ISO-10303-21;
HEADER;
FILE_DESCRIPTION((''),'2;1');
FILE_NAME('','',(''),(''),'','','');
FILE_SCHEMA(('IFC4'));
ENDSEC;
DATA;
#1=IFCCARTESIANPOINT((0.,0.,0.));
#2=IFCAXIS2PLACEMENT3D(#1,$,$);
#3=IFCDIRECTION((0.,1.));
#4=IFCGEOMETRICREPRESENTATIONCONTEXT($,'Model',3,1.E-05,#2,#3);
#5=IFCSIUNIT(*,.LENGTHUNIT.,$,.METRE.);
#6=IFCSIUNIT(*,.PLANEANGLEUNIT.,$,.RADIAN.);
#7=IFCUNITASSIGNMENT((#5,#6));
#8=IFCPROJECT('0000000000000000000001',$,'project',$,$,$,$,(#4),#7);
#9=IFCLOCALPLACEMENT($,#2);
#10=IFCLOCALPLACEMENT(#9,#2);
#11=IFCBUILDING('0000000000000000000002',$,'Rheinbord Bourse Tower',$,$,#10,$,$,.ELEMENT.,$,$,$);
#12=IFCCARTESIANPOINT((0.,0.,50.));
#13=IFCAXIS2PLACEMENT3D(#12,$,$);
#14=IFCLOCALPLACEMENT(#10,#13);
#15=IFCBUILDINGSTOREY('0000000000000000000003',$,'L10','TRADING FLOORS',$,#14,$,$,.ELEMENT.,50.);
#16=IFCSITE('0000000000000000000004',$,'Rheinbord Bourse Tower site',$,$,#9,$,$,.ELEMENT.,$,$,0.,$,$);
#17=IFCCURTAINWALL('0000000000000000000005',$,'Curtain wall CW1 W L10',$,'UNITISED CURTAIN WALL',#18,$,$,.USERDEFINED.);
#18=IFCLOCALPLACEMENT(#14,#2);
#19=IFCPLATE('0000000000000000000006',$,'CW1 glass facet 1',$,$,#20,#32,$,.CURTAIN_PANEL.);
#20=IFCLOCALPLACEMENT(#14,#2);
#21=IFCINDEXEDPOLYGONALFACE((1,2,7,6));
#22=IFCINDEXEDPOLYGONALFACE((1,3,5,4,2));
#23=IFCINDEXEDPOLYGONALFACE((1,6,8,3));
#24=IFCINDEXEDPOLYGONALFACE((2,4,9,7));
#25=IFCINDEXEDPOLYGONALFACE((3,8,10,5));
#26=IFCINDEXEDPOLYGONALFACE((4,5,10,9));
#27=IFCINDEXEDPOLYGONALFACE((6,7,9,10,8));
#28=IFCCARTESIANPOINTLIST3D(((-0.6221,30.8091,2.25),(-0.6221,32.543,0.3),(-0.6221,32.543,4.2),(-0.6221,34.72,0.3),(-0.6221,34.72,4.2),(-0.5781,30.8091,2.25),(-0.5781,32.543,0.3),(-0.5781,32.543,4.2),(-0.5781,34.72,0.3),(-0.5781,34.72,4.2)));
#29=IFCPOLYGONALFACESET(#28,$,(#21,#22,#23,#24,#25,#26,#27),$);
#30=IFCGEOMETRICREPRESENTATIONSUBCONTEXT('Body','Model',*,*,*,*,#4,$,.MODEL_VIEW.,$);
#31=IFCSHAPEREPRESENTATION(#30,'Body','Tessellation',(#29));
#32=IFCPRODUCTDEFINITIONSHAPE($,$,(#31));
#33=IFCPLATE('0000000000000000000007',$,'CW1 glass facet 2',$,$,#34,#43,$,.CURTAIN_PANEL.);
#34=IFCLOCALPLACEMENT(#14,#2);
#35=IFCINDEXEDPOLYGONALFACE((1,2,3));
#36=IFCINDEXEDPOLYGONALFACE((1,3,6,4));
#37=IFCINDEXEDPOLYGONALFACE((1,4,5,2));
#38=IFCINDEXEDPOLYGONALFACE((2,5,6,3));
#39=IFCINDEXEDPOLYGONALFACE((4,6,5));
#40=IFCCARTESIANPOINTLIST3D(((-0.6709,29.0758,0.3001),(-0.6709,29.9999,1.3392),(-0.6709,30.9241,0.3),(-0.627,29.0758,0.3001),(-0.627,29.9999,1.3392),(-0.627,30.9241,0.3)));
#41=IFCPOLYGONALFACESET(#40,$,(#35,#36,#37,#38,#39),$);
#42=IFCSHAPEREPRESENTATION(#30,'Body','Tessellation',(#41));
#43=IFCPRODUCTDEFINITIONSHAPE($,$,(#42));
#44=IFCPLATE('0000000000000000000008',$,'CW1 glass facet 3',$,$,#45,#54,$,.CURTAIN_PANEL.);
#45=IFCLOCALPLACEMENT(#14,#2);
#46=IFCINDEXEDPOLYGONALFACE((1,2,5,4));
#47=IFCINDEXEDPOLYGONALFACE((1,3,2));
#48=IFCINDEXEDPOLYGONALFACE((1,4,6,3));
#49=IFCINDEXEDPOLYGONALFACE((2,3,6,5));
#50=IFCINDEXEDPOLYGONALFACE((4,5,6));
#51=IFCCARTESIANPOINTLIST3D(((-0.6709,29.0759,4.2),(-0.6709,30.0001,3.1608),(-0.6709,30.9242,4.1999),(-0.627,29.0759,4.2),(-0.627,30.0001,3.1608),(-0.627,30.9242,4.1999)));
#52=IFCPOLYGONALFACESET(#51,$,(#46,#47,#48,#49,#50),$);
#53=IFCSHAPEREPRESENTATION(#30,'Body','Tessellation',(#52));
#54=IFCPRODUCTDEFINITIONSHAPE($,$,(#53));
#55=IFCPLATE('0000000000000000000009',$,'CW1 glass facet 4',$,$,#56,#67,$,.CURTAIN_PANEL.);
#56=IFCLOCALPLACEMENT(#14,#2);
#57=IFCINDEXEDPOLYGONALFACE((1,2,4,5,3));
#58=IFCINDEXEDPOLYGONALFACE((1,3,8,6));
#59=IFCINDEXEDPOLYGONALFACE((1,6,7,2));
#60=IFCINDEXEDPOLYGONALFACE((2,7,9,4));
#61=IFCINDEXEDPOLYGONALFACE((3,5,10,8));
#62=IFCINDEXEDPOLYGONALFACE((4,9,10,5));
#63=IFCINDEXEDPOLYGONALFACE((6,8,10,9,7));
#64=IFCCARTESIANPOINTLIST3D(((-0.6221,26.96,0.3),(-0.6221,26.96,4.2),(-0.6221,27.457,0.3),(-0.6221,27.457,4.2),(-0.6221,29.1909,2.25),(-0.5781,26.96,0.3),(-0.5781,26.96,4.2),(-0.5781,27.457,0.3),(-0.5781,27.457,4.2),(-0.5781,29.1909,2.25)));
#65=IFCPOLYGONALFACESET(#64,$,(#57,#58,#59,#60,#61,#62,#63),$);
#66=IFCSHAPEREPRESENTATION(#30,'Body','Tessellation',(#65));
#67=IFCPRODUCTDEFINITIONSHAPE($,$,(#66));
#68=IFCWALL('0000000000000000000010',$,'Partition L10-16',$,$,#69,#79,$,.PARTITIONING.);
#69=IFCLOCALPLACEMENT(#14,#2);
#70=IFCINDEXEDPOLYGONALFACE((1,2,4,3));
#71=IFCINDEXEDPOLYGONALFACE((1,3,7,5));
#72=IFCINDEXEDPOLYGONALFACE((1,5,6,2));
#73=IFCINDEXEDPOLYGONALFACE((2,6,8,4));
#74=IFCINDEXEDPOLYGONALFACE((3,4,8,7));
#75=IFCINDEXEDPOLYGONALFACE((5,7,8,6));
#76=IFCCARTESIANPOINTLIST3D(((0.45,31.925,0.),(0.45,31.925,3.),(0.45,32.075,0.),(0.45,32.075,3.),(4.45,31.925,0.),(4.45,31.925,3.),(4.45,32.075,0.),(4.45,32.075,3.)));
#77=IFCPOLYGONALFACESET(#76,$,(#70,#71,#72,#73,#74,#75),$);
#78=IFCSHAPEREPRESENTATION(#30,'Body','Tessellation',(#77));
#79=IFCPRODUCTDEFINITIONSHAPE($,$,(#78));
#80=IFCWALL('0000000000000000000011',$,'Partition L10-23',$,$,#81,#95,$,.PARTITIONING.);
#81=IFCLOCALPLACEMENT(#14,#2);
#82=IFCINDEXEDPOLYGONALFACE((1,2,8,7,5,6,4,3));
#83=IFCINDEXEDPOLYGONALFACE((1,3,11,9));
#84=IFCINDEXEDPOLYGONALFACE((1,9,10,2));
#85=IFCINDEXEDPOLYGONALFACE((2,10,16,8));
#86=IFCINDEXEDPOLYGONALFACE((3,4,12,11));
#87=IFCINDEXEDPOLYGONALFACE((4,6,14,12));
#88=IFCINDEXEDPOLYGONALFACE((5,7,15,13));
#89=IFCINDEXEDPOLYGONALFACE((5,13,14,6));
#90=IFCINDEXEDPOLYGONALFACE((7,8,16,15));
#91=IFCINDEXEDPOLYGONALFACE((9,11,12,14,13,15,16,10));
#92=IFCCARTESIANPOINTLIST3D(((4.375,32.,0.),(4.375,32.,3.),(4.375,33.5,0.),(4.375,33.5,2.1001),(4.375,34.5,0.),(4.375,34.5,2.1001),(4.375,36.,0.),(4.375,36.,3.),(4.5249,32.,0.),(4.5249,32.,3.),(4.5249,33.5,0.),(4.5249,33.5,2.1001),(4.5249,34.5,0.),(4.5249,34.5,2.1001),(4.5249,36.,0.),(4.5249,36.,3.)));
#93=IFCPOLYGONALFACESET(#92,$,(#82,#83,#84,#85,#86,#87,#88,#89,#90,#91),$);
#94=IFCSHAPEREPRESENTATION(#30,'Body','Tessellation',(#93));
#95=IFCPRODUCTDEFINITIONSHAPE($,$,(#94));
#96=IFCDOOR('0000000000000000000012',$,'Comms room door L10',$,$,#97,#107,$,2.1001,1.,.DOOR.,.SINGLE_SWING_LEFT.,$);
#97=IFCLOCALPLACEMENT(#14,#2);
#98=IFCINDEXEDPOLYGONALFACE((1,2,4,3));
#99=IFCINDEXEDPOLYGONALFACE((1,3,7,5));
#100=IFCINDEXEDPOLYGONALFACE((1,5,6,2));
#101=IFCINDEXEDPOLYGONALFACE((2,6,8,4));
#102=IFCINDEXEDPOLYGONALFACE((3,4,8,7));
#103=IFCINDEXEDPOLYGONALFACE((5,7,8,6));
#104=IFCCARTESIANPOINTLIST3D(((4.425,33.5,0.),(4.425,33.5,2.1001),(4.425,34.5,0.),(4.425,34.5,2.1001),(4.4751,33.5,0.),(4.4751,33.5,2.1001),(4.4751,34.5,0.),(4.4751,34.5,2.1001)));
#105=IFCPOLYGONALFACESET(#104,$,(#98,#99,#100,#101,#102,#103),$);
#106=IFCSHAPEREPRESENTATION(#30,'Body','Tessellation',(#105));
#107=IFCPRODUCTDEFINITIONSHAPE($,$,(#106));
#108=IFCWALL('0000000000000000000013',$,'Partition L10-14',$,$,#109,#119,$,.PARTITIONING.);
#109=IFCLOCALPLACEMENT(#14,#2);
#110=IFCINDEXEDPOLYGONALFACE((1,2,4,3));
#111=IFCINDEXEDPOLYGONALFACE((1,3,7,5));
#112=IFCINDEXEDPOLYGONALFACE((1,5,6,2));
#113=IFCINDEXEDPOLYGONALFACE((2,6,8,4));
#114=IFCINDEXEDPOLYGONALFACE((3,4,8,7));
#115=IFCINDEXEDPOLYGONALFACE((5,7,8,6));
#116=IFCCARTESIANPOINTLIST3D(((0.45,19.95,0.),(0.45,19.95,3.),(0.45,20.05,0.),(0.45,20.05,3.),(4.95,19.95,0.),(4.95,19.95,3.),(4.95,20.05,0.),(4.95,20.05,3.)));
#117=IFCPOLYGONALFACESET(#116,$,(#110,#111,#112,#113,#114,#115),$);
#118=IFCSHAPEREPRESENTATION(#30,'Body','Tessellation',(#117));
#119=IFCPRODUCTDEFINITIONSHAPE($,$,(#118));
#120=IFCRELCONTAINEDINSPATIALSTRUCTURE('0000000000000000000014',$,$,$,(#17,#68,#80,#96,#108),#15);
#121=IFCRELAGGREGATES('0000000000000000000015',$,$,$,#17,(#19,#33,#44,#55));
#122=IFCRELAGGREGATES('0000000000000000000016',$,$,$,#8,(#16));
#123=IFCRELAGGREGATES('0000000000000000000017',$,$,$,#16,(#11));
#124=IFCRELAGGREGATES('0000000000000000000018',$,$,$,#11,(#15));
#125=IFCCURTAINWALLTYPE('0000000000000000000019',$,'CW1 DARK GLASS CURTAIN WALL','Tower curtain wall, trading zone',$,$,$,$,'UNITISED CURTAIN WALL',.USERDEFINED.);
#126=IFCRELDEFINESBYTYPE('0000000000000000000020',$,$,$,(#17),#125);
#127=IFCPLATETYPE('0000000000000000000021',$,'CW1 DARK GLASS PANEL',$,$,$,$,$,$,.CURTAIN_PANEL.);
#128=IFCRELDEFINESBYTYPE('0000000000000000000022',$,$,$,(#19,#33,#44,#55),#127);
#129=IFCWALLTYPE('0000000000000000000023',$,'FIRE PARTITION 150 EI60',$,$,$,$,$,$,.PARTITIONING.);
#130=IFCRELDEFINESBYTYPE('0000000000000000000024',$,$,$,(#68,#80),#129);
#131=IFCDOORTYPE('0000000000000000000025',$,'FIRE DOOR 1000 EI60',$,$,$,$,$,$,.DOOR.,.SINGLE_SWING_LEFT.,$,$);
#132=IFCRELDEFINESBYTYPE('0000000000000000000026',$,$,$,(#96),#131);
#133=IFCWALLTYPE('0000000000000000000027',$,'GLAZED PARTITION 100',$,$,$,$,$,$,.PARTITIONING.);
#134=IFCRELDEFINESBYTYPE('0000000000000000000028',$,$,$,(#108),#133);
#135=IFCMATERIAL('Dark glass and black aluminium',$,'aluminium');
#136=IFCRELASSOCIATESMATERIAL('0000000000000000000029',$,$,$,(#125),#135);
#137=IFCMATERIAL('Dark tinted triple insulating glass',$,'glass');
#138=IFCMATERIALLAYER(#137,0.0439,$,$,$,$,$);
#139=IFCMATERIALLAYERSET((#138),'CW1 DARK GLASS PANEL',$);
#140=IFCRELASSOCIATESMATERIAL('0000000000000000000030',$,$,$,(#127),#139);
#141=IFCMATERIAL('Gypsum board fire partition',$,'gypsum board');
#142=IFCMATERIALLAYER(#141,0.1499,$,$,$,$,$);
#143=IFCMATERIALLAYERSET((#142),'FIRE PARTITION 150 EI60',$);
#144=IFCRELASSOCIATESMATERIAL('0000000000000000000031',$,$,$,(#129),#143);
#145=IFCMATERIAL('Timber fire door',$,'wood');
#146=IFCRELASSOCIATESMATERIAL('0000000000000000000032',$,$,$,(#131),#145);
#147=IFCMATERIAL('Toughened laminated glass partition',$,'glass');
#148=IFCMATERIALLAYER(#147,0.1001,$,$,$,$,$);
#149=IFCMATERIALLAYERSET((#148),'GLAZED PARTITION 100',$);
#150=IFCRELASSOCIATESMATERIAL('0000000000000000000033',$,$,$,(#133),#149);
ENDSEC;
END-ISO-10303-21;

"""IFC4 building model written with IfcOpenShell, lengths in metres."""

from ifc_helpers import new_model, si_unit, direction, frame, frame_2d, origin, place, context, subcontext, project, spatial, polyline, rectangle, outline, extrude, material, layer, layer_set, type_object, element, fill, aggregate, save


model = new_model("IFC4")

# Units and contexts
model_context = context("Model", 3, precision=1e-05, world=origin(), true_north=direction((0.0, 1.0)))
body_context = subcontext(model_context, "Body", "Model", "MODEL_VIEW")
ifc_project = project(units=[si_unit("LENGTHUNIT", "METRE"), si_unit("PLANEANGLEUNIT", "RADIAN")], contexts=[model_context])

# Site, building, storey
site_placement = place(None, origin())
site = spatial("IfcSite", under=ifc_project, at=site_placement, Name="Rheinbord Bourse Tower site", CompositionType="ELEMENT", RefElevation=0.0)
building_placement = place(site_placement, origin())
building = spatial("IfcBuilding", under=site, at=building_placement, Name="Rheinbord Bourse Tower", CompositionType="ELEMENT")
storey_placement = place(building_placement, frame((0.0, 0.0, 50.0)))
storey = spatial("IfcBuildingStorey", under=building, at=storey_placement, Name="L10", Description="TRADING FLOORS", CompositionType="ELEMENT", Elevation=50.0)

# Curtain wall
ifc_material_1 = material(Name="Dark glass and black aluminium", Category="aluminium")
curtain_wall_type = type_object("IfcCurtainWallType", Name="CW1 DARK GLASS CURTAIN WALL", Description="Tower curtain wall, trading zone", ElementType="UNITISED CURTAIN WALL", PredefinedType="USERDEFINED", material=ifc_material_1)
curtain_wall_placement = place(storey_placement, origin())
curtain_wall = element("IfcCurtainWall", 1, at=curtain_wall_placement, inside=storey, type_object=curtain_wall_type, Name="Curtain wall CW1 W L10", ObjectType="UNITISED CURTAIN WALL", PredefinedType="USERDEFINED")

# Plates
ifc_material_2 = material(Name="Dark tinted triple insulating glass", Category="glass")
ifc_layer_1 = layer(ifc_material_2, 0.0439)
ifc_layer_set_1 = layer_set([ifc_layer_1], Name="CW1 DARK GLASS PANEL")
plate_type = type_object("IfcPlateType", Name="CW1 DARK GLASS PANEL", PredefinedType="CURTAIN_PANEL", material=ifc_layer_set_1)
plate_1_placement = place(storey_placement, frame((-0.6221, 34.72, 0.3), z_axis=(1.0, 0.0, 0.0), x_axis=(0.0, 0.0, 1.0)))
plate_1 = element("IfcPlate", 2, at=plate_1_placement, type_object=plate_type, Name="CW1 glass facet 1", PredefinedType="CURTAIN_PANEL", context=body_context, shape_type="SweptSolid", body=[
    extrude(outline(polyline([(0.0, 0.0), (3.8999, 0.0), (3.8999, 2.177), (1.95, 3.9109), (0.0, 2.177), (0.0, 0.0)])), origin(), (0.0, 0.0, 1.0), 0.0439),
])
plate_2_placement = place(storey_placement, frame((-0.6709, 30.9241, 0.3), z_axis=(1.0, 0.0, 0.0), x_axis=(0.0, -0.664549, 0.747245)))
plate_2 = element("IfcPlate", 3, at=plate_2_placement, type_object=plate_type, Name="CW1 glass facet 2", PredefinedType="CURTAIN_PANEL", context=body_context, shape_type="SweptSolid", body=[
    extrude(outline(polyline([(0.0, 0.0), (1.3906, 0.0), (1.2283, 1.3811), (0.0, 0.0)])), origin(), (0.0, 0.0, 1.0), 0.0439),
])
plate_3_placement = place(storey_placement, frame((-0.6709, 29.0759, 4.2), z_axis=(1.0, 0.0, 0.0), x_axis=(0.0, 0.664549, -0.747245)))
plate_3 = element("IfcPlate", 4, at=plate_3_placement, type_object=plate_type, Name="CW1 glass facet 3", PredefinedType="CURTAIN_PANEL", context=body_context, shape_type="SweptSolid", body=[
    extrude(outline(polyline([(0.0, 0.0), (1.3906, 0.0), (1.2283, 1.3811), (0.0, 0.0)])), origin(), (0.0, 0.0, 1.0), 0.0439),
])
plate_4_placement = place(storey_placement, frame((-0.6221, 26.96, 4.2), z_axis=(1.0, 0.0, 0.0), x_axis=(0.0, 0.0, -1.0)))
plate_4 = element("IfcPlate", 5, at=plate_4_placement, type_object=plate_type, Name="CW1 glass facet 4", PredefinedType="CURTAIN_PANEL", context=body_context, shape_type="SweptSolid", body=[
    extrude(outline(polyline([(0.0, 0.0), (3.8999, 0.0), (3.8999, 0.4971), (1.95, 2.231), (0.0, 0.4971), (0.0, 0.0)])), origin(), (0.0, 0.0, 1.0), 0.0439),
])
aggregate(curtain_wall, [plate_1, plate_2, plate_3, plate_4])

# Wall
ifc_material_3 = material(Name="Gypsum board fire partition", Category="gypsum board")
ifc_layer_2 = layer(ifc_material_3, 0.1499)
ifc_layer_set_2 = layer_set([ifc_layer_2], Name="FIRE PARTITION 150 EI60")
wall_type_1 = type_object("IfcWallType", Name="FIRE PARTITION 150 EI60", PredefinedType="PARTITIONING", material=ifc_layer_set_2)
wall_1_placement = place(storey_placement, frame((0.45, 32.0, 0.0), z_axis=(0.0, 0.0, 1.0), x_axis=(1.0, 0.0, 0.0)))
element("IfcWall", 6, at=wall_1_placement, inside=storey, type_object=wall_type_1, Name="Partition L10-16", PredefinedType="PARTITIONING", context=body_context, shape_type="SweptSolid", body=[
    extrude(rectangle(XDim=4.0, YDim=0.1499, at=frame_2d((2.0, 0.0))), origin(), (0.0, 0.0, 1.0), 3.0),
])

# Wall, opening, door
wall_2_placement = place(storey_placement, frame((4.45, 32.0, 0.0), z_axis=(0.0, 0.0, 1.0), x_axis=(0.0, 1.0, 0.0)))
wall_2 = element("IfcWall", 7, at=wall_2_placement, inside=storey, type_object=wall_type_1, Name="Partition L10-23", PredefinedType="PARTITIONING", context=body_context, shape_type="SweptSolid", body=[
    extrude(rectangle(XDim=4.0, YDim=0.1499, at=frame_2d((2.0, 0.0))), origin(), (0.0, 0.0, 1.0), 3.0),
])
opening_placement = place(wall_2_placement, frame((1.5, 0.0, 0.0)))
opening = element("IfcOpeningElement", 8, at=opening_placement, cuts=wall_2, PredefinedType="OPENING", context=body_context, shape_type="SweptSolid", body=[
    extrude(rectangle(XDim=1.0, YDim=2.1001, at=frame_2d((0.5, 1.05))), frame((0.0, 0.085, 0.0), z_axis=(0.0, -1.0, 0.0), x_axis=(1.0, 0.0, 0.0)), (0.0, 0.0, 1.0), 0.1699),
])
ifc_material_4 = material(Name="Timber fire door", Category="wood")
door_type = type_object("IfcDoorType", Name="FIRE DOOR 1000 EI60", OperationType="SINGLE_SWING_LEFT", PredefinedType="DOOR", material=ifc_material_4)
door_placement = place(opening_placement, origin())
door = element("IfcDoor", 9, at=door_placement, inside=storey, type_object=door_type, Name="Comms room door L10", OperationType="SINGLE_SWING_LEFT", OverallHeight=2.1001, OverallWidth=1.0, PredefinedType="DOOR", context=body_context, shape_type="SweptSolid", body=[
    extrude(rectangle(XDim=1.0, YDim=2.1001, at=frame_2d((0.5, 1.05))), frame((0.0, 0.0249, 0.0), z_axis=(0.0, -1.0, 0.0), x_axis=(1.0, 0.0, 0.0)), (0.0, 0.0, 1.0), 0.05),
])
fill(opening, door)

# Wall
ifc_material_5 = material(Name="Toughened laminated glass partition", Category="glass")
ifc_layer_3 = layer(ifc_material_5, 0.1001)
ifc_layer_set_3 = layer_set([ifc_layer_3], Name="GLAZED PARTITION 100")
wall_type_2 = type_object("IfcWallType", Name="GLAZED PARTITION 100", PredefinedType="PARTITIONING", material=ifc_layer_set_3)
wall_3_placement = place(storey_placement, frame((0.45, 20.0, 0.0), z_axis=(0.0, 0.0, 1.0), x_axis=(1.0, 0.0, 0.0)))
element("IfcWall", 10, at=wall_3_placement, inside=storey, type_object=wall_type_2, Name="Partition L10-14", PredefinedType="PARTITIONING", context=body_context, shape_type="SweptSolid", body=[
    extrude(rectangle(XDim=4.5, YDim=0.1001, at=frame_2d((2.25, 0.0))), origin(), (0.0, 0.0, 1.0), 3.0),
])

save(model, "model.ifc")
